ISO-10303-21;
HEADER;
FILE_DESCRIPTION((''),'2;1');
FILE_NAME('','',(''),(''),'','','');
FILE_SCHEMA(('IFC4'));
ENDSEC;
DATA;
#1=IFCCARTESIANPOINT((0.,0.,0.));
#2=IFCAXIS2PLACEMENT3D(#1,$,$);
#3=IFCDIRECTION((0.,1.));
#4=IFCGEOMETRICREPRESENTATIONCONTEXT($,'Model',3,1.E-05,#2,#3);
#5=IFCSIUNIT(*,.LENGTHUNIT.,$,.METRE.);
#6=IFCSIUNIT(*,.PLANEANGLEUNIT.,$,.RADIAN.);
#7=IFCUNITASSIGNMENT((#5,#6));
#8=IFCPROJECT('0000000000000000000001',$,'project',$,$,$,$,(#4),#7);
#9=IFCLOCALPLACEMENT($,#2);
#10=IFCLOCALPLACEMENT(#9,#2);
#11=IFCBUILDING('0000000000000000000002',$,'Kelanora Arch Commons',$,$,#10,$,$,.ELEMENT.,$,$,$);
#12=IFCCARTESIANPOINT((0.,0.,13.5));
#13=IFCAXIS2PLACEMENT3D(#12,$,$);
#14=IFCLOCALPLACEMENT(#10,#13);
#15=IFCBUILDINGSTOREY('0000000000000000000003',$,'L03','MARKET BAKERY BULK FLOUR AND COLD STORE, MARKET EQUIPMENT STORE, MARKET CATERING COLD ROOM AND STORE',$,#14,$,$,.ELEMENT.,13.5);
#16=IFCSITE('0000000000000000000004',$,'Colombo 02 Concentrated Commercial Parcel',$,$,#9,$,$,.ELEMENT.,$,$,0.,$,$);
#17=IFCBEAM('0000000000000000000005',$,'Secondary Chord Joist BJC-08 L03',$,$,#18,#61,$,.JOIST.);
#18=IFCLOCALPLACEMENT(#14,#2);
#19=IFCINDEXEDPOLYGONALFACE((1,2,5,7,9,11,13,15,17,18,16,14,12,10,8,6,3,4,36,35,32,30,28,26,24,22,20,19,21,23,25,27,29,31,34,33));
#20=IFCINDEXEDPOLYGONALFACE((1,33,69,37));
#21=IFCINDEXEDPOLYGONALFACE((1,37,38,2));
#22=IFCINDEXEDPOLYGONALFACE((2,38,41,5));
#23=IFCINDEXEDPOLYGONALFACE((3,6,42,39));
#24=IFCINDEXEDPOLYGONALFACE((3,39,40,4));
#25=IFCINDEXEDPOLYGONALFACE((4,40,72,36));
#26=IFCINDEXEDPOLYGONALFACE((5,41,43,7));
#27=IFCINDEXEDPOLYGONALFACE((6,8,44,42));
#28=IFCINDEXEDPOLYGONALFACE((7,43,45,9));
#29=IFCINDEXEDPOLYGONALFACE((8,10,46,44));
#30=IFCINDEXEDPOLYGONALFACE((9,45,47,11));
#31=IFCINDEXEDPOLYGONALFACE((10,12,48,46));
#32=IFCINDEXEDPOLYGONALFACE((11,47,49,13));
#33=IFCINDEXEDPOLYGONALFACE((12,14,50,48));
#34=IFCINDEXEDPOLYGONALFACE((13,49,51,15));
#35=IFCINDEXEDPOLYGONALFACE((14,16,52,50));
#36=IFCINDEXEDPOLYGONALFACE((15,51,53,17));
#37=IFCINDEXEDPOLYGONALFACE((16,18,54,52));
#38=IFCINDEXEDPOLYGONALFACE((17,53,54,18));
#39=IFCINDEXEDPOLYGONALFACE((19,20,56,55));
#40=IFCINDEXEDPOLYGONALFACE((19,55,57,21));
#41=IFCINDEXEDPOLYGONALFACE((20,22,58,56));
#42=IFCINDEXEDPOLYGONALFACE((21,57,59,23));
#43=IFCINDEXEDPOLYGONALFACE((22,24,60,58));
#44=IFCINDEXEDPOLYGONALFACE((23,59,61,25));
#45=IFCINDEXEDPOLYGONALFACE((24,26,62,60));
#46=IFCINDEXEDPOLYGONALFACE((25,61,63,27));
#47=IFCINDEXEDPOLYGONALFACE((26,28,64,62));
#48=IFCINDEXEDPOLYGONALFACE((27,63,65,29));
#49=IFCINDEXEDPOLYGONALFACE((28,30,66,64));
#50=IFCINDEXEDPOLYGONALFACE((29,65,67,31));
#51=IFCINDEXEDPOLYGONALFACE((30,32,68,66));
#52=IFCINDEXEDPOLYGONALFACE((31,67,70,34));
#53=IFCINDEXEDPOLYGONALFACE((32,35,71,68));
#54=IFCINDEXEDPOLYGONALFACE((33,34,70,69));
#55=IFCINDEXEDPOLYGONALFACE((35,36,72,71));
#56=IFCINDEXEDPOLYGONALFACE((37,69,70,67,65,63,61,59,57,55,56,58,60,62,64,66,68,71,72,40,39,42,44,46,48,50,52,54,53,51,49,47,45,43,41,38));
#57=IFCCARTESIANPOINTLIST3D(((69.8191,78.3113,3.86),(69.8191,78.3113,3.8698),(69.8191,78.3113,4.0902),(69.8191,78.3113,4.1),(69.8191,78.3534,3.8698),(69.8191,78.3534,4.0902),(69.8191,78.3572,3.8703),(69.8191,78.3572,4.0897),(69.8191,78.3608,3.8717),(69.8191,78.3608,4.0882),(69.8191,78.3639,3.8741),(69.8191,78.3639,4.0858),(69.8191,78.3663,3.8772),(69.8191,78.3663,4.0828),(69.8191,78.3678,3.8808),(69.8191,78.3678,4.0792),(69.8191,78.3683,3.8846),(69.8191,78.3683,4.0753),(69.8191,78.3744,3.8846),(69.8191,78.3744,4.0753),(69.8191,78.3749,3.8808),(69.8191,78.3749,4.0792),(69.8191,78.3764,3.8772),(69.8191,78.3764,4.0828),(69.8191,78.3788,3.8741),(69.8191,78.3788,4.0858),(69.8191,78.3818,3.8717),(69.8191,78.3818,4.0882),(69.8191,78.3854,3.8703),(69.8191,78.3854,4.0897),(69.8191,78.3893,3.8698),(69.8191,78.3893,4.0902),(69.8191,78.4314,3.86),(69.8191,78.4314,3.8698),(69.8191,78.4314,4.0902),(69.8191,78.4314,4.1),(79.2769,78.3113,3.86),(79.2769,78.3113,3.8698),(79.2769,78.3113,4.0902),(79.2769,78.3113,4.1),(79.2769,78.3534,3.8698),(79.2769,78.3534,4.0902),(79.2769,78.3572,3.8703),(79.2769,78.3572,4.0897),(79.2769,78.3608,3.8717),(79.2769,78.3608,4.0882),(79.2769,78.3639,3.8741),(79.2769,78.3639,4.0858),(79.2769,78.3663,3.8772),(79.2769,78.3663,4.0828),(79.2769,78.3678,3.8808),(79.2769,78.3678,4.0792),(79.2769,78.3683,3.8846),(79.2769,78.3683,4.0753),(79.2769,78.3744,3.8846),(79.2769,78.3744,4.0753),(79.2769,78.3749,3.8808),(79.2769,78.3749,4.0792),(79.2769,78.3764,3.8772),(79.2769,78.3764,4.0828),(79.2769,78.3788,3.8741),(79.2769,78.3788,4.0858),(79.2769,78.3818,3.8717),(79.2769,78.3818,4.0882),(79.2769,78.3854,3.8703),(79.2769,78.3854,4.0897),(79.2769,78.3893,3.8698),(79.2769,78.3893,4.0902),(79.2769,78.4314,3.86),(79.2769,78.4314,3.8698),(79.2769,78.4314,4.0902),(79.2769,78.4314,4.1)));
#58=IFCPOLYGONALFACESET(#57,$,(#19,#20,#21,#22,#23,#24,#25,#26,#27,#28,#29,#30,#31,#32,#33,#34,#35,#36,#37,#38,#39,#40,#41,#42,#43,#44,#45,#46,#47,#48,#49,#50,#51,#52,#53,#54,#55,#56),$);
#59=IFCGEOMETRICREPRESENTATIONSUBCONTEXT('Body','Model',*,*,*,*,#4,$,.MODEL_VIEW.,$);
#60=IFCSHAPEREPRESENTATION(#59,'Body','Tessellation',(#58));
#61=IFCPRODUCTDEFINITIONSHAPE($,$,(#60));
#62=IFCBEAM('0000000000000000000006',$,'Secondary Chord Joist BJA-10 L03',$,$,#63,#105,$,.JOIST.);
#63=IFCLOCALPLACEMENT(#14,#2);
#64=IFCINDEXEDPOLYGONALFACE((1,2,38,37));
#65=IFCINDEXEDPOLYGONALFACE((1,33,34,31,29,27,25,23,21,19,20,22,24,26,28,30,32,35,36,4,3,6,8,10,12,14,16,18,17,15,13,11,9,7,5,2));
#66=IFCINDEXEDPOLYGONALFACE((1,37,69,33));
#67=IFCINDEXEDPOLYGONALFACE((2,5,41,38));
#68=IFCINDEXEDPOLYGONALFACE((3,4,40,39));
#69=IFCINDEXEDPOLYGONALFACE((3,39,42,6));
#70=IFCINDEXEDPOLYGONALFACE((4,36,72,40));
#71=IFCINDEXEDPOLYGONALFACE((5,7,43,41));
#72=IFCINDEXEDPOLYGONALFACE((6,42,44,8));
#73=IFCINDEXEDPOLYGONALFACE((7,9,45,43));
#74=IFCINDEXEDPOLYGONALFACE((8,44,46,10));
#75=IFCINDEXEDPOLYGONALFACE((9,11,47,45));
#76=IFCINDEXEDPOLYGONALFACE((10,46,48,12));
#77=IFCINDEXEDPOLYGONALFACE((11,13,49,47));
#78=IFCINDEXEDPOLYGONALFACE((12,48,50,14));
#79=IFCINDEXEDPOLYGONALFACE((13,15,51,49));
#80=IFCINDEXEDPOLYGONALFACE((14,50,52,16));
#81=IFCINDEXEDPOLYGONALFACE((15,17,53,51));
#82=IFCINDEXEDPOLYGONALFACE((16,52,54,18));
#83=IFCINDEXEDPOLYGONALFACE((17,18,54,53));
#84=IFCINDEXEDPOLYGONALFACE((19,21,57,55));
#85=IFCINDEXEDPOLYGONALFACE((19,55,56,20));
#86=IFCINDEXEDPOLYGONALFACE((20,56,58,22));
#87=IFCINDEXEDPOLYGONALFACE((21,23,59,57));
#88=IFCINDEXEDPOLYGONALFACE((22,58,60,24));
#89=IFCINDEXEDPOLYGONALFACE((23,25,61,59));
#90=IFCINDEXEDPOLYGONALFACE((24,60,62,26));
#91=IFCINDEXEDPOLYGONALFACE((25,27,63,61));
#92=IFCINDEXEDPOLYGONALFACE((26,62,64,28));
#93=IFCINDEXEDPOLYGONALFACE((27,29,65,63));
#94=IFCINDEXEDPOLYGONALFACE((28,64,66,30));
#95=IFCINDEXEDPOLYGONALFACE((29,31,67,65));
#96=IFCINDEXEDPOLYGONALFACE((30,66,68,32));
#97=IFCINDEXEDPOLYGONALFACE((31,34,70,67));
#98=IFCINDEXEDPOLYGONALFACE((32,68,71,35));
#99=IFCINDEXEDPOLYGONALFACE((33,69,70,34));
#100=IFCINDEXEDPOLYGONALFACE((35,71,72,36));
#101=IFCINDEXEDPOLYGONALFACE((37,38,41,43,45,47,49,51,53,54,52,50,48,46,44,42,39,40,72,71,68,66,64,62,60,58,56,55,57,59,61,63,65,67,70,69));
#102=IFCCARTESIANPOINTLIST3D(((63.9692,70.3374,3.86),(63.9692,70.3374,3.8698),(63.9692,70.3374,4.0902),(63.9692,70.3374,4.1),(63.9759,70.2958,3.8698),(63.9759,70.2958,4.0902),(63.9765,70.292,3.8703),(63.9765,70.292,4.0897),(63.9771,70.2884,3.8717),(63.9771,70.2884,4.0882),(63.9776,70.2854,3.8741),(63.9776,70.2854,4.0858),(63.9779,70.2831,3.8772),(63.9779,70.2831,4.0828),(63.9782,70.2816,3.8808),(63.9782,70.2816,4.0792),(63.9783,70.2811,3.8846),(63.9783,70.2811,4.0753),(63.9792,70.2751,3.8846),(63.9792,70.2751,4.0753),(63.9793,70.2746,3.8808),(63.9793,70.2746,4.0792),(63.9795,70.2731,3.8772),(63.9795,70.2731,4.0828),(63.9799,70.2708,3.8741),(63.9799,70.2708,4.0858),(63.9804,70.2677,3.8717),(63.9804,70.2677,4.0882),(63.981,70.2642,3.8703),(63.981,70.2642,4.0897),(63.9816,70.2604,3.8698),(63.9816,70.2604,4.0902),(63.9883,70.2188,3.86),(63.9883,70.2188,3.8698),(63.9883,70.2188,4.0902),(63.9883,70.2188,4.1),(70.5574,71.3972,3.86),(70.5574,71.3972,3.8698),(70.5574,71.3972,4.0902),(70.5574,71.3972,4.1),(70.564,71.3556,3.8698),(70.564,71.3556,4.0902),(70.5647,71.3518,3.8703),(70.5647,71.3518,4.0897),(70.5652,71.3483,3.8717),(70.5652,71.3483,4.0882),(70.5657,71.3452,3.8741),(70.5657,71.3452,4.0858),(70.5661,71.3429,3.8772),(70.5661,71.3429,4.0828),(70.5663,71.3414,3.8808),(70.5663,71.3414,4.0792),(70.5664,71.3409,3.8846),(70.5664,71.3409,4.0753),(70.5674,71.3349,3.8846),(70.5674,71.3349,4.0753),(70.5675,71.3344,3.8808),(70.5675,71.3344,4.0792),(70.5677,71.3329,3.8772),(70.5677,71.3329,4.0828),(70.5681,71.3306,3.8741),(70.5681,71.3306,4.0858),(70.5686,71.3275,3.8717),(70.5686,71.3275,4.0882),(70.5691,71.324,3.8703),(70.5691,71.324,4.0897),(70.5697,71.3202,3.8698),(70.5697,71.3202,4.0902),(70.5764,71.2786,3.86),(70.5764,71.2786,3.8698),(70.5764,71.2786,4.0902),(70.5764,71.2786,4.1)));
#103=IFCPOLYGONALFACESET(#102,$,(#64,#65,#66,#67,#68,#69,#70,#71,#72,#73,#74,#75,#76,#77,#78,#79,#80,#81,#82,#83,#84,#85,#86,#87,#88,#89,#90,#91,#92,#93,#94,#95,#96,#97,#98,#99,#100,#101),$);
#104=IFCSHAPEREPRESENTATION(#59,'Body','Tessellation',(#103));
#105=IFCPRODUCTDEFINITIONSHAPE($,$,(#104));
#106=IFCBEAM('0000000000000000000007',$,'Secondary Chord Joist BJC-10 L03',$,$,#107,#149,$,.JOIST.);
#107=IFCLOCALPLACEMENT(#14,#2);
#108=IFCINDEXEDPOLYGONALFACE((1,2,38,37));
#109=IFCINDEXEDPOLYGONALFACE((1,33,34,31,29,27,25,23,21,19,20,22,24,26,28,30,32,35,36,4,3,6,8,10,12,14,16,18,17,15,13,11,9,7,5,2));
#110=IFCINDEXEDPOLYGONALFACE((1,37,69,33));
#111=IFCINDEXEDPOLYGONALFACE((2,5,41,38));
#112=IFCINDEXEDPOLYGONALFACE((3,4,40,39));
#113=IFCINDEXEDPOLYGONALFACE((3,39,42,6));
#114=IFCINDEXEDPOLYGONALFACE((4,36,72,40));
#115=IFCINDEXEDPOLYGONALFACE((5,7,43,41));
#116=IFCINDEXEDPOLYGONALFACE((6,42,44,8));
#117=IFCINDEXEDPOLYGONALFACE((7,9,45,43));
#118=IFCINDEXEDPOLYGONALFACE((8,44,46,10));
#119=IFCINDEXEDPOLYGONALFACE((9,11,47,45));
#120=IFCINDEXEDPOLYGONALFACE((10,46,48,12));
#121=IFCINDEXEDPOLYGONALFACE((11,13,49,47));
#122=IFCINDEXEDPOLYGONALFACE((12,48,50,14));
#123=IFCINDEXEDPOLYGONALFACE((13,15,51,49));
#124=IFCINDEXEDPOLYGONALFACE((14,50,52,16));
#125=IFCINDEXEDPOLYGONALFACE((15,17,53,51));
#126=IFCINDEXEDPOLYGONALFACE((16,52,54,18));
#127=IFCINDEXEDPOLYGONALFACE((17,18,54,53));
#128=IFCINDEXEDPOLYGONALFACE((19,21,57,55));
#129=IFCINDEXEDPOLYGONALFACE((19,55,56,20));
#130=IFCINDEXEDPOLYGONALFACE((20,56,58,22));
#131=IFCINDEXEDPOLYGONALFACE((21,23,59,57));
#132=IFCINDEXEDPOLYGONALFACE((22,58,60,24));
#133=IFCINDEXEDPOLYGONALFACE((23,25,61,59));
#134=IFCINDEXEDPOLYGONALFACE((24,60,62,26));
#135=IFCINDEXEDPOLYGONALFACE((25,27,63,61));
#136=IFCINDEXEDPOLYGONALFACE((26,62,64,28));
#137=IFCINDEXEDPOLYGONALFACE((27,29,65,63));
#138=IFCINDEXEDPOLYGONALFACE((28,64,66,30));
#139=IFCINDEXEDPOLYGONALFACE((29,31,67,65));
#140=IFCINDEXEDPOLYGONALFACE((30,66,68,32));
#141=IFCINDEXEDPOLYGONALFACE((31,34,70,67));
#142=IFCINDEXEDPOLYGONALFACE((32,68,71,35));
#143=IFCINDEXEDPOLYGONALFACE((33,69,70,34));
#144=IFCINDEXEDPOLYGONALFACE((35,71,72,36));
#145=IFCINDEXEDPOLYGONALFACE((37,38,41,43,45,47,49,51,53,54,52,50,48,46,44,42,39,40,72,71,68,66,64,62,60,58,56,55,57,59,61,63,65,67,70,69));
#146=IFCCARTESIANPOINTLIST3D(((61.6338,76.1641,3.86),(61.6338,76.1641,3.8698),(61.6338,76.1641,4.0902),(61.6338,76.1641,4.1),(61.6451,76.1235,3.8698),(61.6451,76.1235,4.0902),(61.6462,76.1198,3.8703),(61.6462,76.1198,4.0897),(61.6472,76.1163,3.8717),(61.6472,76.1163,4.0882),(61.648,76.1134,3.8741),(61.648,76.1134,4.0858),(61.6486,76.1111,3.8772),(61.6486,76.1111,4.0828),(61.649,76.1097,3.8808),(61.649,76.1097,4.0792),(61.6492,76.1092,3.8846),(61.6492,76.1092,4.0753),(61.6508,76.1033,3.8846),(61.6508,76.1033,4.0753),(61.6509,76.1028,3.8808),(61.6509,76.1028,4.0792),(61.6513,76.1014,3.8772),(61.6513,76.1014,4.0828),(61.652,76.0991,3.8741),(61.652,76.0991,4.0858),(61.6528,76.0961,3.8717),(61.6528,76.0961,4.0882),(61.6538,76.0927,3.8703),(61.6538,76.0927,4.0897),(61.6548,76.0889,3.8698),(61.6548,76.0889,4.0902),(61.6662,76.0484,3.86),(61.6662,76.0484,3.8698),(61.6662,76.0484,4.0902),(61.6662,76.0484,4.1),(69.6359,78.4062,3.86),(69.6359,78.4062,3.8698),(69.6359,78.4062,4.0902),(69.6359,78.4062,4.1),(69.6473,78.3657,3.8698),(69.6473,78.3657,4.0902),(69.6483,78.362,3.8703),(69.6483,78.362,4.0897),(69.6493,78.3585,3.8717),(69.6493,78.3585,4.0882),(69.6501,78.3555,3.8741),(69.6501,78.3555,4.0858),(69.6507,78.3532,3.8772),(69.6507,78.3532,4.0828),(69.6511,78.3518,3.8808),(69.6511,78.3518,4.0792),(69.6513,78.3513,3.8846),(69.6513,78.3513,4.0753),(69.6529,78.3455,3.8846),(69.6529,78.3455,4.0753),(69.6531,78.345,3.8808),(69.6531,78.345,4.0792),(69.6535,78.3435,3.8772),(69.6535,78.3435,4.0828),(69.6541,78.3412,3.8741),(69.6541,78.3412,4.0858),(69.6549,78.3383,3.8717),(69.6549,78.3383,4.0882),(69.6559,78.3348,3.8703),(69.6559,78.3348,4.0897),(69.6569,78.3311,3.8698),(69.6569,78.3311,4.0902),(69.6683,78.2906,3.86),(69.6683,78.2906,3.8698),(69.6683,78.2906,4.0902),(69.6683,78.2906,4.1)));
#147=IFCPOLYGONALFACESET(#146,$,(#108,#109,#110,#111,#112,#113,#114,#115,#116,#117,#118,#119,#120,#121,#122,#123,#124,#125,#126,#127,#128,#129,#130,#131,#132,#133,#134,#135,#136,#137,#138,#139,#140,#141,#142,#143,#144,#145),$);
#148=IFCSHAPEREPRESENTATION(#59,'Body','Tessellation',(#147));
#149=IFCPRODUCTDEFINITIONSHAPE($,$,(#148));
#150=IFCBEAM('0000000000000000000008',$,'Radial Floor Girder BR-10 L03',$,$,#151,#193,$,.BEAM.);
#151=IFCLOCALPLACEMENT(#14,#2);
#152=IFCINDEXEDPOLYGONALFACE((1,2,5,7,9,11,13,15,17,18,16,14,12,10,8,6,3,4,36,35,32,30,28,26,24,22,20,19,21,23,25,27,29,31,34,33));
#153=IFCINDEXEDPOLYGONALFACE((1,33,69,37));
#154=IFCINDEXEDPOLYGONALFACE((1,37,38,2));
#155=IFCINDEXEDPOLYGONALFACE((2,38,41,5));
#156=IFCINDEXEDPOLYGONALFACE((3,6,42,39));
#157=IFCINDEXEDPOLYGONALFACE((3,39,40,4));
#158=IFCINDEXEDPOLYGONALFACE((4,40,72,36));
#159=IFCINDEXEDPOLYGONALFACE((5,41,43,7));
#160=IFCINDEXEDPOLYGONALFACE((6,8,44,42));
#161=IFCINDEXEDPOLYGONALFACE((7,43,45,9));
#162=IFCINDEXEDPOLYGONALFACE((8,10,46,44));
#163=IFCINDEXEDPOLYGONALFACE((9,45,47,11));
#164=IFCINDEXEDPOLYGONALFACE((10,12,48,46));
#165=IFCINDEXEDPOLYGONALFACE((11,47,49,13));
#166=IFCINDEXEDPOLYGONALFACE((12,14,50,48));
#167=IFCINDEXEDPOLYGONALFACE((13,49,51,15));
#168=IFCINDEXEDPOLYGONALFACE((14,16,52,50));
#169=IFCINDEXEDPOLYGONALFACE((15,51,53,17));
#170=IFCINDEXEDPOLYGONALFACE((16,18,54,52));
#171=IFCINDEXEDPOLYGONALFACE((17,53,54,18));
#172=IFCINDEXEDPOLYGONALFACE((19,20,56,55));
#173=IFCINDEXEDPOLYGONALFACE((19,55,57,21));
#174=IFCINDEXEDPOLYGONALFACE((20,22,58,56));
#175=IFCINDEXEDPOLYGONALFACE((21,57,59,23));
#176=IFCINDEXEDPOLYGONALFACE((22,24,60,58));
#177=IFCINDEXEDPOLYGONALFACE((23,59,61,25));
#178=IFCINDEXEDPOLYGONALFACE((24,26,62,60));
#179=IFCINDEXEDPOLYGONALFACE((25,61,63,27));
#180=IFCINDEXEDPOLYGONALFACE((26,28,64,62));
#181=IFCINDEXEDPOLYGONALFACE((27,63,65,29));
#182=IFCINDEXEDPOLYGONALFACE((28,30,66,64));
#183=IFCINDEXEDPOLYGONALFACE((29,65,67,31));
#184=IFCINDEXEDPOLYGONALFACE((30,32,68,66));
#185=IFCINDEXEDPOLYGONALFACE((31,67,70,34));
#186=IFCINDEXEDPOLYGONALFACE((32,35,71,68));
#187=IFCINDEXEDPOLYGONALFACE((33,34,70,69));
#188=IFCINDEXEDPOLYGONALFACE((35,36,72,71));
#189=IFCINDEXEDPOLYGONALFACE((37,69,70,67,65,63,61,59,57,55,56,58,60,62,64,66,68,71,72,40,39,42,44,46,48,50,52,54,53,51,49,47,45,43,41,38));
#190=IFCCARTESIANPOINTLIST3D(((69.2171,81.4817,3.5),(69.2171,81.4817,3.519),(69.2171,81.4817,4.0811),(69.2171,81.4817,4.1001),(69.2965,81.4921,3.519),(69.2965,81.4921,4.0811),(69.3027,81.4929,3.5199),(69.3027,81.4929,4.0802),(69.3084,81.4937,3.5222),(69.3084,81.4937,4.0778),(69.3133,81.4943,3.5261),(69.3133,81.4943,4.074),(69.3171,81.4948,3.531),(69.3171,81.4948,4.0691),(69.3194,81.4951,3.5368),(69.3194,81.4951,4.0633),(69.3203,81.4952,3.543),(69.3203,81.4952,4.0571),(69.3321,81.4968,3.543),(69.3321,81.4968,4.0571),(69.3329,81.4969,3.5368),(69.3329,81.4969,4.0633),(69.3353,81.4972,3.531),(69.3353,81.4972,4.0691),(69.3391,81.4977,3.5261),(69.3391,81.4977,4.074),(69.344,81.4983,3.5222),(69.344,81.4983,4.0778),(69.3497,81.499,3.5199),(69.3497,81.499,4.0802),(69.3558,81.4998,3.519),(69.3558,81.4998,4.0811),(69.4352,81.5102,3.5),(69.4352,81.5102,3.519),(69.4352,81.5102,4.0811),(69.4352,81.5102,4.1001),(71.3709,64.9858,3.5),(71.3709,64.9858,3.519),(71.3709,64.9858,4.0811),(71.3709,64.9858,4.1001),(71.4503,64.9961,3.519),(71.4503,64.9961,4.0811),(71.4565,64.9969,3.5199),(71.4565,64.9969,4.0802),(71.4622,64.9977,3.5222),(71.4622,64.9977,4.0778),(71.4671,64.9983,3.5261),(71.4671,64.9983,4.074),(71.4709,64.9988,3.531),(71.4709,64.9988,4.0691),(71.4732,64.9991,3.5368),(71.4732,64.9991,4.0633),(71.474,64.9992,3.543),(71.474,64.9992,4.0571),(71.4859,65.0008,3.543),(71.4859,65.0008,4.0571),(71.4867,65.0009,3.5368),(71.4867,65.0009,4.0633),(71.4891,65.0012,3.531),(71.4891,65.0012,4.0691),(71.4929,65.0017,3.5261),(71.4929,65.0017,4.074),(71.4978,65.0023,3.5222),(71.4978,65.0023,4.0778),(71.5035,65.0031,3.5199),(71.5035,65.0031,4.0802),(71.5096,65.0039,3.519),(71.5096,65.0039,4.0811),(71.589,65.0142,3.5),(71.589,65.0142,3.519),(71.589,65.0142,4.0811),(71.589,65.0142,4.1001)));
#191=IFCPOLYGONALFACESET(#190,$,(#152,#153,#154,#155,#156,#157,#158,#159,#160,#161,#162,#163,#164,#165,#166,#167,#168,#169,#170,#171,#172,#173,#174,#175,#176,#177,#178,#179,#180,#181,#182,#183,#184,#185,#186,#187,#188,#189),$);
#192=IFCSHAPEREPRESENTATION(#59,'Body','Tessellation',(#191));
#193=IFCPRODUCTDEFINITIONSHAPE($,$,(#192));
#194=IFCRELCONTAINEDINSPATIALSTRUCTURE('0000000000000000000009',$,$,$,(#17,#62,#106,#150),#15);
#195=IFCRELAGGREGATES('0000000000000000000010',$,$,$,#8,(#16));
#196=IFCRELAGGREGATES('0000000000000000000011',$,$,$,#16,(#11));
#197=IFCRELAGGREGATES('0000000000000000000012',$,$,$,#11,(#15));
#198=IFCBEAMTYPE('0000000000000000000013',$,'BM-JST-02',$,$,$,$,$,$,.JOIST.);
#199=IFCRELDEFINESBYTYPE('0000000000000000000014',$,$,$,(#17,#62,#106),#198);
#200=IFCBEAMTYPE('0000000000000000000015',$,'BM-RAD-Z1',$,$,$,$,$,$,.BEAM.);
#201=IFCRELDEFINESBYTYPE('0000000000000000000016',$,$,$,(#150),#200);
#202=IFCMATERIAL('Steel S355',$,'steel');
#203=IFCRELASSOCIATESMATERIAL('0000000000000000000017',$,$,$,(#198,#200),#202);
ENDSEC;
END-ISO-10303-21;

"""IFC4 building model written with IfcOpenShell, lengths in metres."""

from ifc_helpers import new_model, si_unit, direction, frame, origin, origin_2d, place, context, subcontext, project, spatial, i_section, extrude, material, material_profile, profile_set, type_object, element, save


model = new_model("IFC4")

# Units and contexts
model_context = context("Model", 3, precision=1e-05, world=origin(), true_north=direction((0.0, 1.0)))
body_context = subcontext(model_context, "Body", "Model", "MODEL_VIEW")
ifc_project = project(units=[si_unit("LENGTHUNIT", "METRE"), si_unit("PLANEANGLEUNIT", "RADIAN")], contexts=[model_context])

# Site, building, storey
site_placement = place(None, origin())
site = spatial("IfcSite", under=ifc_project, at=site_placement, Name="Colombo 02 Concentrated Commercial Parcel", CompositionType="ELEMENT", RefElevation=0.0)
building_placement = place(site_placement, origin())
building = spatial("IfcBuilding", under=site, at=building_placement, Name="Kelanora Arch Commons", CompositionType="ELEMENT")
storey_placement = place(building_placement, frame((0.0, 0.0, 13.5)))
storey = spatial("IfcBuildingStorey", under=building, at=storey_placement, Name="L03", Description="MARKET BAKERY BULK FLOUR AND COLD STORE, MARKET EQUIPMENT STORE, MARKET CATERING COLD ROOM AND STORE", CompositionType="ELEMENT", Elevation=13.5)

# Beams
ifc_material_1 = material(Name="Steel S355", Category="steel")
ifc_material_profile_1 = material_profile(ifc_material_1, i_section(OverallWidth=0.1201, OverallDepth=0.24, WebThickness=0.0061, FlangeThickness=0.0098, FilletRadius=0.0149, at=origin_2d()), Name="IPE240")
ifc_profile_set_1 = profile_set([ifc_material_profile_1], Name="Steel S355")
beam_type_1 = type_object("IfcBeamType", Name="BM-JST-02", PredefinedType="JOIST", material=ifc_profile_set_1)
beam_1_placement = place(storey_placement, frame((79.2769, 78.3713, 3.98), z_axis=(-1.0, 0.0, 0.0), x_axis=(0.0, -1.0, 0.0)))
element("IfcBeam", 1, at=beam_1_placement, inside=storey, type_object=beam_type_1, Name="Secondary Chord Joist BJC-08 L03", PredefinedType="JOIST", context=body_context, shape_type="SweptSolid", body=[
    extrude(i_section(OverallWidth=0.1201, OverallDepth=0.24, WebThickness=0.0061, FlangeThickness=0.0098, FilletRadius=0.0149, at=origin_2d()), origin(), (0.0, 0.0, 1.0), 9.4578),
])
beam_2_placement = place(storey_placement, frame((70.5669, 71.3379, 3.98), z_axis=(-0.987307, -0.158825, 0.0), x_axis=(0.158825, -0.987307, 0.0)))
element("IfcBeam", 2, at=beam_2_placement, inside=storey, type_object=beam_type_1, Name="Secondary Chord Joist BJA-10 L03", PredefinedType="JOIST", context=body_context, shape_type="SweptSolid", body=[
    extrude(i_section(OverallWidth=0.1201, OverallDepth=0.24, WebThickness=0.0061, FlangeThickness=0.0098, FilletRadius=0.0149, at=origin_2d()), origin(), (0.0, 0.0, 1.0), 6.6729),
])
beam_3_placement = place(storey_placement, frame((69.6521, 78.3484, 3.98), z_axis=(-0.962915, -0.269805, 0.0), x_axis=(0.269805, -0.962915, 0.0)))
element("IfcBeam", 3, at=beam_3_placement, inside=storey, type_object=beam_type_1, Name="Secondary Chord Joist BJC-10 L03", PredefinedType="JOIST", context=body_context, shape_type="SweptSolid", body=[
    extrude(i_section(OverallWidth=0.1201, OverallDepth=0.24, WebThickness=0.0061, FlangeThickness=0.0098, FilletRadius=0.0149, at=origin_2d()), origin(), (0.0, 0.0, 1.0), 8.3103),
])
ifc_material_profile_2 = material_profile(ifc_material_1, i_section(OverallWidth=0.22, OverallDepth=0.6001, WebThickness=0.012, FlangeThickness=0.019, FilletRadius=0.0239, at=origin_2d()), Name="IPE600")
ifc_profile_set_2 = profile_set([ifc_material_profile_2], Name="Steel S355")
beam_type_2 = type_object("IfcBeamType", Name="BM-RAD-Z1", PredefinedType="BEAM", material=ifc_profile_set_2)
beam_4_placement = place(storey_placement, frame((71.48, 65.0, 3.8), z_axis=(-0.129466, 0.991584, 0.0), x_axis=(-0.991584, -0.129466, 0.0)))
element("IfcBeam", 4, at=beam_4_placement, inside=storey, type_object=beam_type_2, Name="Radial Floor Girder BR-10 L03", PredefinedType="BEAM", context=body_context, shape_type="SweptSolid", body=[
    extrude(i_section(OverallWidth=0.22, OverallDepth=0.6001, WebThickness=0.012, FlangeThickness=0.019, FilletRadius=0.0239, at=origin_2d()), origin(), (0.0, 0.0, 1.0), 16.636),
])

save(model, "model.ifc")
